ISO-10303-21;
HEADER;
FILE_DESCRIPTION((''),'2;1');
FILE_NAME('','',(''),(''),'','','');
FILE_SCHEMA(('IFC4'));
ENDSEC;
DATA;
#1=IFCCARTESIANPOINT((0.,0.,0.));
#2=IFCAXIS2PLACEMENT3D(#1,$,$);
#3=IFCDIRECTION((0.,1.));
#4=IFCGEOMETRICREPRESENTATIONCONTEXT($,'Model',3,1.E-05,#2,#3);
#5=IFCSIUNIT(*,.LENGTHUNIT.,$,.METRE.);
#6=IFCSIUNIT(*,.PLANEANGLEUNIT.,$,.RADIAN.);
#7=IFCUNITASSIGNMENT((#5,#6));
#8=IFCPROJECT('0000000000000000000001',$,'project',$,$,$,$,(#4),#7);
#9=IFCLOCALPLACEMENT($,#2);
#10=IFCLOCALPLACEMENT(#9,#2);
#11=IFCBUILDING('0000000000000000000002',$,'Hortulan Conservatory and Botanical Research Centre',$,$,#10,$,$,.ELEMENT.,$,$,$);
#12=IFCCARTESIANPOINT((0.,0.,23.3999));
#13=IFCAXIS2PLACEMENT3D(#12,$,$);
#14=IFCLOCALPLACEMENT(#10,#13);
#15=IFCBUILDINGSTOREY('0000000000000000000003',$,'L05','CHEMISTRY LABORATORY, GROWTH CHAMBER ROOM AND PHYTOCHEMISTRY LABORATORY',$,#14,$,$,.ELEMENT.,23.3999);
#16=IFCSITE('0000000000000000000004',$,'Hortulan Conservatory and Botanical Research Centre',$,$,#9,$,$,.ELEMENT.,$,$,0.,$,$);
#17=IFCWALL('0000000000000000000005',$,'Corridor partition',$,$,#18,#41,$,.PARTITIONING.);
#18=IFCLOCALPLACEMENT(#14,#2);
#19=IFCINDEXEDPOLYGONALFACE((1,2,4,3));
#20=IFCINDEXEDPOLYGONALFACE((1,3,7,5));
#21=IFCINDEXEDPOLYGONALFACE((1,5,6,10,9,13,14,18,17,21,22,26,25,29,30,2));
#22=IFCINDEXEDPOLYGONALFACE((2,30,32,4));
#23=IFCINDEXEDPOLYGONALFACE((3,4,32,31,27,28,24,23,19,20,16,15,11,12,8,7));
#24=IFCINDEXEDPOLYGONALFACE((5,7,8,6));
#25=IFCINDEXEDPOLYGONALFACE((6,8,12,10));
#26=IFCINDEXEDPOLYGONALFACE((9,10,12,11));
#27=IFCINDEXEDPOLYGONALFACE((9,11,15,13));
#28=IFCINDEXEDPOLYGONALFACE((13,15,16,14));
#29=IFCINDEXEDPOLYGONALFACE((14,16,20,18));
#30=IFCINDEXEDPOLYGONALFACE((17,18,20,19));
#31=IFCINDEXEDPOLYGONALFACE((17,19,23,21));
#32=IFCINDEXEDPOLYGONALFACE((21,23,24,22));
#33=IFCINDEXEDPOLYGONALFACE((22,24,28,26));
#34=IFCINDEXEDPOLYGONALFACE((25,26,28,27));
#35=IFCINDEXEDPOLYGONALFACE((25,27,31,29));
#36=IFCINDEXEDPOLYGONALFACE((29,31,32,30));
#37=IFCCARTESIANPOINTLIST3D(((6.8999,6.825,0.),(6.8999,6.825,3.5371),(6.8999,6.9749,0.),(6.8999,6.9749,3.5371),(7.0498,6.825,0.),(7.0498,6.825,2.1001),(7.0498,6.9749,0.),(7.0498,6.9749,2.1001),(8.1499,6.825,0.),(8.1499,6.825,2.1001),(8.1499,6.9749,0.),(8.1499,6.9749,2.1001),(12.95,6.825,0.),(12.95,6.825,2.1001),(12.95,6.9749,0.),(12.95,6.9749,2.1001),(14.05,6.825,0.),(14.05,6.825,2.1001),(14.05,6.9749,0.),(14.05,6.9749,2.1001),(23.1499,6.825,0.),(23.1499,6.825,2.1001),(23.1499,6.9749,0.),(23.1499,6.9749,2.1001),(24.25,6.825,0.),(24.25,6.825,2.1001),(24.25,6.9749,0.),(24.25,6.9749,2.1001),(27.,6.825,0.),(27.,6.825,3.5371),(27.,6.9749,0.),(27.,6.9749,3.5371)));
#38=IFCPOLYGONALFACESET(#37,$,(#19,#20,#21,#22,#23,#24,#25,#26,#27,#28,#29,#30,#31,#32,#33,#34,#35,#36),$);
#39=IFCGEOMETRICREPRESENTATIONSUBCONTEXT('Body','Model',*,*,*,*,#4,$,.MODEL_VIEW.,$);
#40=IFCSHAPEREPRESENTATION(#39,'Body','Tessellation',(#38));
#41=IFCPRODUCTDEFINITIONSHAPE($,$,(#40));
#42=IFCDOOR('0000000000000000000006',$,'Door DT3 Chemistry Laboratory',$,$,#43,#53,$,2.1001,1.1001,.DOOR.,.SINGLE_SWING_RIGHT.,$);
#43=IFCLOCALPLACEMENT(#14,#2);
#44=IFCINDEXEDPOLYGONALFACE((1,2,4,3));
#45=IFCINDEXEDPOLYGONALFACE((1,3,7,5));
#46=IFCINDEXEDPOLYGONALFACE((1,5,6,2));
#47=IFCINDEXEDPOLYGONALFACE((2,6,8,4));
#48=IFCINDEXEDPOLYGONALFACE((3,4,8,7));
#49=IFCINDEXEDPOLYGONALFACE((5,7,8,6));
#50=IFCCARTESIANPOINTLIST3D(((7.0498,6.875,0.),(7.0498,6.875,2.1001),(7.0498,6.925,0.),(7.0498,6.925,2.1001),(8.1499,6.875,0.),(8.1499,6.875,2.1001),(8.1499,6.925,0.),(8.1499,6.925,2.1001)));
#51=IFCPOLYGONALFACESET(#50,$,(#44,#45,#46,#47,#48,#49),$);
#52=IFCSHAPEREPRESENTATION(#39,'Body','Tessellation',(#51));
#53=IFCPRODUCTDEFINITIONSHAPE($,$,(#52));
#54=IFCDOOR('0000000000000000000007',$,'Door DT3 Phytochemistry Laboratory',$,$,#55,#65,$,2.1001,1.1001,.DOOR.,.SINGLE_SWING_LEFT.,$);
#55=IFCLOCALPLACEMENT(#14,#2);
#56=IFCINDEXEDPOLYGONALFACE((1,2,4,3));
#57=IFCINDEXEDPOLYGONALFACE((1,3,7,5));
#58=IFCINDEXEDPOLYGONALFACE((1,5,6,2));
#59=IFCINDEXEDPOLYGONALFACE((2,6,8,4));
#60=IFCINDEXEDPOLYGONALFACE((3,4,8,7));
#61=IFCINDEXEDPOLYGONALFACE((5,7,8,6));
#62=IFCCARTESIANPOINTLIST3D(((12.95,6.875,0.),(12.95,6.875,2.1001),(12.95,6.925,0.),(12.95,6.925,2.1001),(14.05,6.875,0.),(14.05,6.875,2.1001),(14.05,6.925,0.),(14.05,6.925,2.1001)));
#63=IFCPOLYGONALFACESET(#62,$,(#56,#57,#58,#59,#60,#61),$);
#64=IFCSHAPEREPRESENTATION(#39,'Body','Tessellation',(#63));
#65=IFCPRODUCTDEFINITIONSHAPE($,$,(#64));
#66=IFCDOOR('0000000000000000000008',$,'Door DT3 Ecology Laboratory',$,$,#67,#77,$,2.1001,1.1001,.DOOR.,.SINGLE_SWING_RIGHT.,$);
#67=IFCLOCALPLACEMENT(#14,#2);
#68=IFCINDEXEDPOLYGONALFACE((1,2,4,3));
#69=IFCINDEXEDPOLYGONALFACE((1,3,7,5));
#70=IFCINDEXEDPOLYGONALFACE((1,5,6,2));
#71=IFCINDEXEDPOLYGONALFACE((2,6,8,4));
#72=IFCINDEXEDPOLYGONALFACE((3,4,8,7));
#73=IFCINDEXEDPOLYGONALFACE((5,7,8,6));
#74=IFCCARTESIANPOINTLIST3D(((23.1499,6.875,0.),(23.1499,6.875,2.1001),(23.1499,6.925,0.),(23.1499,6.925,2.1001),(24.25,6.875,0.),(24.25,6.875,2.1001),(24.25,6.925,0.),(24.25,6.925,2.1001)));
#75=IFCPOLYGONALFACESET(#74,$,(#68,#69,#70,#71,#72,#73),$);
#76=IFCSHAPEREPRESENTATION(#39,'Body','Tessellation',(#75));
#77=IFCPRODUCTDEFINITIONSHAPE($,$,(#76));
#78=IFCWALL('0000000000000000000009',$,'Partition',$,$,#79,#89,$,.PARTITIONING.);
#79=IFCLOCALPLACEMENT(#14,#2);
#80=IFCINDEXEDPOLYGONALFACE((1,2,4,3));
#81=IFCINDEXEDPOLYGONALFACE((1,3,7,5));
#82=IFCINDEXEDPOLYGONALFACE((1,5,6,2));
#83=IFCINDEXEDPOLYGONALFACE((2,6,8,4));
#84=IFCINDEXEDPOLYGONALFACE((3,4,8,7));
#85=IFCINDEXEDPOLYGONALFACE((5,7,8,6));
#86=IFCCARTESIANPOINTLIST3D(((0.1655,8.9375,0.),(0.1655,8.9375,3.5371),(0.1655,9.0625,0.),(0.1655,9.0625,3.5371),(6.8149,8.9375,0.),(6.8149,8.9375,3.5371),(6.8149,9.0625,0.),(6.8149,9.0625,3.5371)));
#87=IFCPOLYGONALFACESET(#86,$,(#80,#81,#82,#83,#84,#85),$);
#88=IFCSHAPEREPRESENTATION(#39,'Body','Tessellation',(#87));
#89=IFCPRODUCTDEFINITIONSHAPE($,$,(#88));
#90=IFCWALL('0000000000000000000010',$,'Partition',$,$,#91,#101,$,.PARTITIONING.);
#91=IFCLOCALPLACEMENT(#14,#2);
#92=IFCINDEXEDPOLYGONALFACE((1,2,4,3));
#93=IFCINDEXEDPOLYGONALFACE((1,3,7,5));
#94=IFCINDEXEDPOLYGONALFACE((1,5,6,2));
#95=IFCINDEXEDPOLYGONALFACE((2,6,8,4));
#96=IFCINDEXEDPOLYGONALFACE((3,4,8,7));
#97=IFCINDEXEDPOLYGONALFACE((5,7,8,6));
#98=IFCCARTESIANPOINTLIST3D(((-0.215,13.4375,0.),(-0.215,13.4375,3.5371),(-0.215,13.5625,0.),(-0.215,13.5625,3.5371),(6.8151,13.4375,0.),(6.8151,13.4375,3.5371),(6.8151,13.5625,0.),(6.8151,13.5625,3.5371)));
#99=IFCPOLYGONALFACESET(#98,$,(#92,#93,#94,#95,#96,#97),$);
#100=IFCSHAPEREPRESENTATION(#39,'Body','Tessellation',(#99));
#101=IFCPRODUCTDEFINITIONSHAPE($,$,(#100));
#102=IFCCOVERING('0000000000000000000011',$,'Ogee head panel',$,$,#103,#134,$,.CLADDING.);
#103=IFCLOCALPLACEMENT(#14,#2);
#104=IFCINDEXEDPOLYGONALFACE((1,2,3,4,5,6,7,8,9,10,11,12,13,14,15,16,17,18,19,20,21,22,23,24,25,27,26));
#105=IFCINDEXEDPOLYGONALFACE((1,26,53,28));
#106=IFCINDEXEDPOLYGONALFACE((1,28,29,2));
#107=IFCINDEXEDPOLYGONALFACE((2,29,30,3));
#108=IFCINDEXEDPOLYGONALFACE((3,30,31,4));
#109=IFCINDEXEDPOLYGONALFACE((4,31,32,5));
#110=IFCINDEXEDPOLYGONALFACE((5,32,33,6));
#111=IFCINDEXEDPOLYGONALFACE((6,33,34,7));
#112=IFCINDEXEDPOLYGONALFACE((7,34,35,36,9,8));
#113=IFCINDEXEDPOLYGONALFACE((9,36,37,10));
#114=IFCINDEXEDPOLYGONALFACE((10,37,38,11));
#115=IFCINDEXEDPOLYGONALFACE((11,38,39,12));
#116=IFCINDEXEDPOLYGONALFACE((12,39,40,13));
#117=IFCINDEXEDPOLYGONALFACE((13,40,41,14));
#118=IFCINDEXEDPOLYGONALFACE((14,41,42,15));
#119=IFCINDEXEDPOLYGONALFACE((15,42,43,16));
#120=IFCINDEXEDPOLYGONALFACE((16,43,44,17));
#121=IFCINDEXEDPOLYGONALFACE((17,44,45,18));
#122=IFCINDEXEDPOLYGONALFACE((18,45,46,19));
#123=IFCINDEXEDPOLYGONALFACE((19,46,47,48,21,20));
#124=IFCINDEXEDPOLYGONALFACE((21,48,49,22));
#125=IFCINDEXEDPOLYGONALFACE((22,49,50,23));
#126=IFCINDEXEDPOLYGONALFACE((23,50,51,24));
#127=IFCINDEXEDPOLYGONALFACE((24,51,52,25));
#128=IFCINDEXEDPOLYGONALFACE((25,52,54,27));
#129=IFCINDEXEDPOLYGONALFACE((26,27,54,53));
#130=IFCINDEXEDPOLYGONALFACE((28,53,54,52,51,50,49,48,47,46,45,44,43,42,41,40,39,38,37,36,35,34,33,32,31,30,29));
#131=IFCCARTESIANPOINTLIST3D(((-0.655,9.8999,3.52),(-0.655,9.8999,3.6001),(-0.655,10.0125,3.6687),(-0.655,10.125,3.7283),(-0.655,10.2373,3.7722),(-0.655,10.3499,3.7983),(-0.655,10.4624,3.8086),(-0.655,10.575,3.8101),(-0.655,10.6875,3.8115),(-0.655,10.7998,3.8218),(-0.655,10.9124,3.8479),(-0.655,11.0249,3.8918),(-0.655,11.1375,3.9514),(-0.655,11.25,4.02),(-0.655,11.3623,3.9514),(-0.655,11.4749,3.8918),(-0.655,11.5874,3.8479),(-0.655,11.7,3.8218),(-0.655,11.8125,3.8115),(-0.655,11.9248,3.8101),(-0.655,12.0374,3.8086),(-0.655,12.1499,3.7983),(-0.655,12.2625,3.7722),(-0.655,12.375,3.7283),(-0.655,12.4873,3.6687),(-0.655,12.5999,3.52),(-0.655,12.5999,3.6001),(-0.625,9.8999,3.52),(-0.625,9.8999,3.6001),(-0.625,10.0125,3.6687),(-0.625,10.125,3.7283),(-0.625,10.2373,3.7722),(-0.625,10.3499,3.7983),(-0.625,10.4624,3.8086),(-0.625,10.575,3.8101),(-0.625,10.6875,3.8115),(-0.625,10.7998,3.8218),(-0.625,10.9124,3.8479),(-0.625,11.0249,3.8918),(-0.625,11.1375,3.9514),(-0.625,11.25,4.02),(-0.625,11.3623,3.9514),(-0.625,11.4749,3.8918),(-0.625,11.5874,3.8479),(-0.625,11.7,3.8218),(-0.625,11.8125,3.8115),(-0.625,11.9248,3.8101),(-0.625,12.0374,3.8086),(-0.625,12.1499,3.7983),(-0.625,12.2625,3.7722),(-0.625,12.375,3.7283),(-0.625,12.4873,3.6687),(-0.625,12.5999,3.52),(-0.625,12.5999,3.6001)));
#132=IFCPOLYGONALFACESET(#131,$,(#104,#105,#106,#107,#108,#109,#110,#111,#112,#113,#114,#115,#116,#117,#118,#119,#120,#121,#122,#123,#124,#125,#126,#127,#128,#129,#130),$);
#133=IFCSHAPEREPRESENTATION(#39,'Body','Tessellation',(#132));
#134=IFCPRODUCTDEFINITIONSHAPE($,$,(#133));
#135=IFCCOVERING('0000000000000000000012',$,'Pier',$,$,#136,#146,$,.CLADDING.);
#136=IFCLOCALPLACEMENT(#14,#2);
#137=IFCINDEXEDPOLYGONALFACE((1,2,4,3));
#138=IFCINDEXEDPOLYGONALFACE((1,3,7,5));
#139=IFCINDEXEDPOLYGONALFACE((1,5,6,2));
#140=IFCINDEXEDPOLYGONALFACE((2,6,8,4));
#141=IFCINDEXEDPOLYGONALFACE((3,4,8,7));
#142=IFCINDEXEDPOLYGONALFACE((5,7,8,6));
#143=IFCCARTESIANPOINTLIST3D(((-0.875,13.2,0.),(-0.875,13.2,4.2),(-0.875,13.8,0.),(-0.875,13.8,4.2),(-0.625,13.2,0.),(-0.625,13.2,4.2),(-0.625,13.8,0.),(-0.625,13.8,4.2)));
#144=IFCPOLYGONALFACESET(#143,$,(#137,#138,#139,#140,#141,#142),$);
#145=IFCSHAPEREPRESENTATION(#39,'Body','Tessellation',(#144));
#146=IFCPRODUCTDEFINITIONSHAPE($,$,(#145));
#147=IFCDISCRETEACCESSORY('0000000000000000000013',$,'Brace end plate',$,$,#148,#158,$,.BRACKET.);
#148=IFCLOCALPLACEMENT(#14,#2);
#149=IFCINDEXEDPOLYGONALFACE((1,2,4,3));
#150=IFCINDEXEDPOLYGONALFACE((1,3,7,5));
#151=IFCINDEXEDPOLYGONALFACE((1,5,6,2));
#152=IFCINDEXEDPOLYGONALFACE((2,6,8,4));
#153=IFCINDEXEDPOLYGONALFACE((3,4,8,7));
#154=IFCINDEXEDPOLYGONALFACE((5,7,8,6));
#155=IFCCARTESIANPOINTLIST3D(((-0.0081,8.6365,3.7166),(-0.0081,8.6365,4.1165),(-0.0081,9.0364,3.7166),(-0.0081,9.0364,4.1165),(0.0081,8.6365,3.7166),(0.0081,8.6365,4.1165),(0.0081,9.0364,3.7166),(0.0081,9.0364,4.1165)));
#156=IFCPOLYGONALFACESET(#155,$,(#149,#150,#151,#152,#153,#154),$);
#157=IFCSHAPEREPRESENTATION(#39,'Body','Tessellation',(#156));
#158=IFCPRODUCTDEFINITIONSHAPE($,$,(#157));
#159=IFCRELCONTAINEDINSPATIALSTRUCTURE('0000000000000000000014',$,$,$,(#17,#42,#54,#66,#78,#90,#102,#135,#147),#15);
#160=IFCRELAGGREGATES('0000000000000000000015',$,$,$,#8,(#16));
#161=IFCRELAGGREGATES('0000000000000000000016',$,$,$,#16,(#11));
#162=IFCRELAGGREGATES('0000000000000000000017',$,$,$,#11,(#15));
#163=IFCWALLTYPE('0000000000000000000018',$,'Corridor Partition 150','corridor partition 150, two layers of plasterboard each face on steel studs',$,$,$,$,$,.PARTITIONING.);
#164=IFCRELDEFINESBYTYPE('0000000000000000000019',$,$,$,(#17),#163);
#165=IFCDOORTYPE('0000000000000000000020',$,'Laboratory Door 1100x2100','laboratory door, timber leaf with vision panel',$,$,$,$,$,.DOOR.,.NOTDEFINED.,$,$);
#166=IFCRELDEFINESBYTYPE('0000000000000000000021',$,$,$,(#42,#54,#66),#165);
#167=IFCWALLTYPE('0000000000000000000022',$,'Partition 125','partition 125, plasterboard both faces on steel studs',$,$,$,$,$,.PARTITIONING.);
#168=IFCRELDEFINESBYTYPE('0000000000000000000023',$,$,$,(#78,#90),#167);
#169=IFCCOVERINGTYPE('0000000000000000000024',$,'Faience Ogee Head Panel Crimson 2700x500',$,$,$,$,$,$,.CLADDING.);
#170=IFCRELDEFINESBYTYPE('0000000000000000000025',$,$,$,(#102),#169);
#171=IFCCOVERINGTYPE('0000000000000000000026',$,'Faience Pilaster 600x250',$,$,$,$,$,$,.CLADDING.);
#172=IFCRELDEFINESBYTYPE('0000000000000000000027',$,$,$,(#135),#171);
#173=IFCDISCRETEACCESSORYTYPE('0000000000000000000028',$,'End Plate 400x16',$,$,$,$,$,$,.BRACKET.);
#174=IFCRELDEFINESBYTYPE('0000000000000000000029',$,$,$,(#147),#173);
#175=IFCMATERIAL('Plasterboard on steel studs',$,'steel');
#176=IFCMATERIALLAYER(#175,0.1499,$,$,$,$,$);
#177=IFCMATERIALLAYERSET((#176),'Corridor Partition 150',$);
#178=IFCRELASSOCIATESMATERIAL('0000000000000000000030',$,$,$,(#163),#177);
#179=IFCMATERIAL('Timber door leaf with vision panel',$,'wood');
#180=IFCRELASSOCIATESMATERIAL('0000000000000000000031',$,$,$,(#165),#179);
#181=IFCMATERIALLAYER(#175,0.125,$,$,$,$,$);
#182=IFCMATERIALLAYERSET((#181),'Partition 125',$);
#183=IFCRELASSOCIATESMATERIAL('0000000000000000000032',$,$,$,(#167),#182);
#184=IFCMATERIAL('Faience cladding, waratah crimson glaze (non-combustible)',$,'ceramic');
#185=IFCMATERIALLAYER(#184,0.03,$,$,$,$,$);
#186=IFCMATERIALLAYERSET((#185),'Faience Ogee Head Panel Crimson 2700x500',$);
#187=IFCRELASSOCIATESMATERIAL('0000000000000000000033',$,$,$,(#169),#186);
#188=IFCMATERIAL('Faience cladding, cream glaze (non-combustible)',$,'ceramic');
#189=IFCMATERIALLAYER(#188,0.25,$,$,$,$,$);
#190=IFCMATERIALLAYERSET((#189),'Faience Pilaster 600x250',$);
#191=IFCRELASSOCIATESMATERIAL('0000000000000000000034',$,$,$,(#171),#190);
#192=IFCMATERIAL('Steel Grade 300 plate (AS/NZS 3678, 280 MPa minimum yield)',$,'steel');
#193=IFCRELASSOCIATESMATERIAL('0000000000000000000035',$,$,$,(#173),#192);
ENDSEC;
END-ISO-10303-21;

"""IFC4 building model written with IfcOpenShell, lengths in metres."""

from ifc_helpers import new_model, si_unit, direction, frame, frame_2d, origin, origin_2d, place, context, subcontext, project, spatial, polyline, rectangle, outline, extrude, material, layer, layer_set, type_object, element, fill, save


model = new_model("IFC4")

# Units and contexts
model_context = context("Model", 3, precision=1e-05, world=origin(), true_north=direction((0.0, 1.0)))
body_context = subcontext(model_context, "Body", "Model", "MODEL_VIEW")
ifc_project = project(units=[si_unit("LENGTHUNIT", "METRE"), si_unit("PLANEANGLEUNIT", "RADIAN")], contexts=[model_context])

# Site, building, storey
site_placement = place(None, origin())
site = spatial("IfcSite", under=ifc_project, at=site_placement, Name="Hortulan Conservatory and Botanical Research Centre", CompositionType="ELEMENT", RefElevation=0.0)
building_placement = place(site_placement, origin())
building = spatial("IfcBuilding", under=site, at=building_placement, Name="Hortulan Conservatory and Botanical Research Centre", CompositionType="ELEMENT")
storey_placement = place(building_placement, frame((0.0, 0.0, 23.3999)))
storey = spatial("IfcBuildingStorey", under=building, at=storey_placement, Name="L05", Description="CHEMISTRY LABORATORY, GROWTH CHAMBER ROOM AND PHYTOCHEMISTRY LABORATORY", CompositionType="ELEMENT", Elevation=23.3999)

# Wall, openings, doors
ifc_material_1 = material(Name="Plasterboard on steel studs", Category="steel")
ifc_layer_1 = layer(ifc_material_1, 0.1499)
ifc_layer_set_1 = layer_set([ifc_layer_1], Name="Corridor Partition 150")
wall_type_1 = type_object("IfcWallType", Name="Corridor Partition 150", Description="corridor partition 150, two layers of plasterboard each face on steel studs", PredefinedType="PARTITIONING", material=ifc_layer_set_1)
ifc_material_2 = material(Name="Timber door leaf with vision panel", Category="wood")
door_type_1 = type_object("IfcDoorType", Name="Laboratory Door 1100x2100", Description="laboratory door, timber leaf with vision panel", OperationType="NOTDEFINED", PredefinedType="DOOR", material=ifc_material_2)
wall_1_placement = place(storey_placement, frame((6.8999, 6.8999, 0.0), z_axis=(0.0, 0.0, 1.0), x_axis=(1.0, 0.0, 0.0)))
wall_1 = element("IfcWall", 1, at=wall_1_placement, inside=storey, type_object=wall_type_1, Name="Corridor partition", PredefinedType="PARTITIONING", context=body_context, shape_type="SweptSolid", body=[
    extrude(rectangle(XDim=20.1001, YDim=0.1499, at=frame_2d((10.05, 0.0))), origin(), (0.0, 0.0, 1.0), 3.5371),
])
opening_1_placement = place(wall_1_placement, frame((0.1499, 0.0, 0.0)))
opening_1 = element("IfcOpeningElement", 2, at=opening_1_placement, cuts=wall_1, PredefinedType="OPENING", context=body_context, shape_type="SweptSolid", body=[
    extrude(rectangle(XDim=1.1001, YDim=2.1001, at=frame_2d((0.55, 1.05))), frame((0.0, 0.085, 0.0), z_axis=(0.0, -1.0, 0.0), x_axis=(1.0, 0.0, 0.0)), (0.0, 0.0, 1.0), 0.1699),
])
opening_2_placement = place(wall_1_placement, frame((6.05, 0.0, 0.0)))
opening_2 = element("IfcOpeningElement", 3, at=opening_2_placement, cuts=wall_1, PredefinedType="OPENING", context=body_context, shape_type="SweptSolid", body=[
    extrude(rectangle(XDim=1.1001, YDim=2.1001, at=frame_2d((0.55, 1.05))), frame((0.0, 0.085, 0.0), z_axis=(0.0, -1.0, 0.0), x_axis=(1.0, 0.0, 0.0)), (0.0, 0.0, 1.0), 0.1699),
])
opening_3_placement = place(wall_1_placement, frame((16.25, 0.0, 0.0)))
opening_3 = element("IfcOpeningElement", 4, at=opening_3_placement, cuts=wall_1, PredefinedType="OPENING", context=body_context, shape_type="SweptSolid", body=[
    extrude(rectangle(XDim=1.1001, YDim=2.1001, at=frame_2d((0.55, 1.05))), frame((0.0, 0.085, 0.0), z_axis=(0.0, -1.0, 0.0), x_axis=(1.0, 0.0, 0.0)), (0.0, 0.0, 1.0), 0.1699),
])
door_1_placement = place(opening_1_placement, frame((1.1001, 0.0, 0.0), z_axis=(0.0, 0.0, 1.0), x_axis=(-1.0, 0.0, 0.0)))
door_1 = element("IfcDoor", 5, at=door_1_placement, inside=storey, type_object=door_type_1, Name="Door DT3 Chemistry Laboratory", OperationType="SINGLE_SWING_RIGHT", OverallHeight=2.1001, OverallWidth=1.1001, PredefinedType="DOOR", context=body_context, shape_type="SweptSolid", body=[
    extrude(rectangle(XDim=1.1001, YDim=2.1001, at=frame_2d((0.55, 1.05))), frame((0.0, 0.0249, 0.0), z_axis=(0.0, -1.0, 0.0), x_axis=(1.0, 0.0, 0.0)), (0.0, 0.0, 1.0), 0.05),
])
fill(opening_1, door_1)
door_2_placement = place(opening_2_placement, frame((1.1001, 0.0, 0.0), z_axis=(0.0, 0.0, 1.0), x_axis=(-1.0, 0.0, 0.0)))
door_2 = element("IfcDoor", 6, at=door_2_placement, inside=storey, type_object=door_type_1, Name="Door DT3 Phytochemistry Laboratory", OperationType="SINGLE_SWING_LEFT", OverallHeight=2.1001, OverallWidth=1.1001, PredefinedType="DOOR", context=body_context, shape_type="SweptSolid", body=[
    extrude(rectangle(XDim=1.1001, YDim=2.1001, at=frame_2d((0.55, 1.05))), frame((0.0, 0.0249, 0.0), z_axis=(0.0, -1.0, 0.0), x_axis=(1.0, 0.0, 0.0)), (0.0, 0.0, 1.0), 0.05),
])
fill(opening_2, door_2)
door_3_placement = place(opening_3_placement, frame((1.1001, 0.0, 0.0), z_axis=(0.0, 0.0, 1.0), x_axis=(-1.0, 0.0, 0.0)))
door_3 = element("IfcDoor", 7, at=door_3_placement, inside=storey, type_object=door_type_1, Name="Door DT3 Ecology Laboratory", OperationType="SINGLE_SWING_RIGHT", OverallHeight=2.1001, OverallWidth=1.1001, PredefinedType="DOOR", context=body_context, shape_type="SweptSolid", body=[
    extrude(rectangle(XDim=1.1001, YDim=2.1001, at=frame_2d((0.55, 1.05))), frame((0.0, 0.0249, 0.0), z_axis=(0.0, -1.0, 0.0), x_axis=(1.0, 0.0, 0.0)), (0.0, 0.0, 1.0), 0.05),
])
fill(opening_3, door_3)

# Walls
ifc_layer_2 = layer(ifc_material_1, 0.125)
ifc_layer_set_2 = layer_set([ifc_layer_2], Name="Partition 125")
wall_type_2 = type_object("IfcWallType", Name="Partition 125", Description="partition 125, plasterboard both faces on steel studs", PredefinedType="PARTITIONING", material=ifc_layer_set_2)
wall_2_placement = place(storey_placement, frame((0.1655, 9.0, 0.0), z_axis=(0.0, 0.0, 1.0), x_axis=(1.0, 0.0, 0.0)))
element("IfcWall", 8, at=wall_2_placement, inside=storey, type_object=wall_type_2, Name="Partition", PredefinedType="PARTITIONING", context=body_context, shape_type="SweptSolid", body=[
    extrude(rectangle(XDim=6.6494, YDim=0.125, at=frame_2d((3.3247, 0.0))), origin(), (0.0, 0.0, 1.0), 3.5371),
])
wall_3_placement = place(storey_placement, frame((-0.2151, 13.5, 0.0), z_axis=(0.0, 0.0, 1.0), x_axis=(1.0, 0.0, 0.0)))
element("IfcWall", 9, at=wall_3_placement, inside=storey, type_object=wall_type_2, Name="Partition", PredefinedType="PARTITIONING", context=body_context, shape_type="SweptSolid", body=[
    extrude(rectangle(XDim=7.03, YDim=0.125, at=frame_2d((3.5151, 0.0))), origin(), (0.0, 0.0, 1.0), 3.5371),
])

# Coverings
ifc_material_3 = material(Name="Faience cladding, waratah crimson glaze (non-combustible)", Category="ceramic")
ifc_layer_3 = layer(ifc_material_3, 0.03)
ifc_layer_set_3 = layer_set([ifc_layer_3], Name="Faience Ogee Head Panel Crimson 2700x500")
covering_type_1 = type_object("IfcCoveringType", Name="Faience Ogee Head Panel Crimson 2700x500", PredefinedType="CLADDING", material=ifc_layer_set_3)
covering_1_placement = place(storey_placement, frame((-0.6399, 9.8999, 3.52), z_axis=(0.0, 0.0, 1.0), x_axis=(0.0, 1.0, 0.0)))
element("IfcCovering", 10, at=covering_1_placement, inside=storey, type_object=covering_type_1, Name="Ogee head panel", PredefinedType="CLADDING", context=body_context, shape_type="SweptSolid", body=[
    extrude(outline(polyline([(0.0, 0.0), (2.7, 0.0), (2.7, 0.0801), (2.5874, 0.1487), (2.4751, 0.2083), (2.3625, 0.2522), (2.25, 0.2783), (2.1375, 0.2886), (2.0249, 0.29), (1.9126, 0.2915), (1.8, 0.3018), (1.6875, 0.3279), (1.575, 0.3718), (1.4624, 0.4314), (1.3501, 0.5), (1.2375, 0.4314), (1.125, 0.3718), (1.0125, 0.3279), (0.8999, 0.3018), (0.7876, 0.2915), (0.675, 0.29), (0.5625, 0.2886), (0.45, 0.2783), (0.3374, 0.2522), (0.2251, 0.2083), (0.1125, 0.1487), (0.0, 0.0801), (0.0, 0.0)])), frame((0.0, 0.0151, 0.0), z_axis=(0.0, -1.0, 0.0), x_axis=(1.0, 0.0, 0.0)), (0.0, 0.0, 1.0), 0.03),
])
ifc_material_4 = material(Name="Faience cladding, cream glaze (non-combustible)", Category="ceramic")
ifc_layer_4 = layer(ifc_material_4, 0.25)
ifc_layer_set_4 = layer_set([ifc_layer_4], Name="Faience Pilaster 600x250")
covering_type_2 = type_object("IfcCoveringType", Name="Faience Pilaster 600x250", PredefinedType="CLADDING", material=ifc_layer_set_4)
covering_2_placement = place(storey_placement, frame((-0.75, 13.5, 0.0), z_axis=(0.0, 0.0, 1.0), x_axis=(0.0, 1.0, 0.0)))
element("IfcCovering", 11, at=covering_2_placement, inside=storey, type_object=covering_type_2, Name="Pier", PredefinedType="CLADDING", context=body_context, shape_type="SweptSolid", body=[
    extrude(rectangle(XDim=0.6001, YDim=0.25, at=origin_2d()), origin(), (0.0, 0.0, 1.0), 4.2),
])

# Discrete accessory
ifc_material_5 = material(Name="Steel Grade 300 plate (AS/NZS 3678, 280 MPa minimum yield)", Category="steel")
discrete_accessory_type_1 = type_object("IfcDiscreteAccessoryType", Name="End Plate 400x16", PredefinedType="BRACKET", material=ifc_material_5)
discrete_accessory_1_placement = place(storey_placement, frame((0.0, 8.8364, 3.7166), z_axis=(0.0, 0.0, 1.0), x_axis=(0.0, -1.0, 0.0)))
element("IfcDiscreteAccessory", 12, at=discrete_accessory_1_placement, inside=storey, type_object=discrete_accessory_type_1, Name="Brace end plate", PredefinedType="BRACKET", context=body_context, shape_type="SweptSolid", body=[
    extrude(rectangle(XDim=0.3999, YDim=0.0161, at=origin_2d()), origin(), (0.0, 0.0, 1.0), 0.3999),
])

save(model, "model.ifc")
